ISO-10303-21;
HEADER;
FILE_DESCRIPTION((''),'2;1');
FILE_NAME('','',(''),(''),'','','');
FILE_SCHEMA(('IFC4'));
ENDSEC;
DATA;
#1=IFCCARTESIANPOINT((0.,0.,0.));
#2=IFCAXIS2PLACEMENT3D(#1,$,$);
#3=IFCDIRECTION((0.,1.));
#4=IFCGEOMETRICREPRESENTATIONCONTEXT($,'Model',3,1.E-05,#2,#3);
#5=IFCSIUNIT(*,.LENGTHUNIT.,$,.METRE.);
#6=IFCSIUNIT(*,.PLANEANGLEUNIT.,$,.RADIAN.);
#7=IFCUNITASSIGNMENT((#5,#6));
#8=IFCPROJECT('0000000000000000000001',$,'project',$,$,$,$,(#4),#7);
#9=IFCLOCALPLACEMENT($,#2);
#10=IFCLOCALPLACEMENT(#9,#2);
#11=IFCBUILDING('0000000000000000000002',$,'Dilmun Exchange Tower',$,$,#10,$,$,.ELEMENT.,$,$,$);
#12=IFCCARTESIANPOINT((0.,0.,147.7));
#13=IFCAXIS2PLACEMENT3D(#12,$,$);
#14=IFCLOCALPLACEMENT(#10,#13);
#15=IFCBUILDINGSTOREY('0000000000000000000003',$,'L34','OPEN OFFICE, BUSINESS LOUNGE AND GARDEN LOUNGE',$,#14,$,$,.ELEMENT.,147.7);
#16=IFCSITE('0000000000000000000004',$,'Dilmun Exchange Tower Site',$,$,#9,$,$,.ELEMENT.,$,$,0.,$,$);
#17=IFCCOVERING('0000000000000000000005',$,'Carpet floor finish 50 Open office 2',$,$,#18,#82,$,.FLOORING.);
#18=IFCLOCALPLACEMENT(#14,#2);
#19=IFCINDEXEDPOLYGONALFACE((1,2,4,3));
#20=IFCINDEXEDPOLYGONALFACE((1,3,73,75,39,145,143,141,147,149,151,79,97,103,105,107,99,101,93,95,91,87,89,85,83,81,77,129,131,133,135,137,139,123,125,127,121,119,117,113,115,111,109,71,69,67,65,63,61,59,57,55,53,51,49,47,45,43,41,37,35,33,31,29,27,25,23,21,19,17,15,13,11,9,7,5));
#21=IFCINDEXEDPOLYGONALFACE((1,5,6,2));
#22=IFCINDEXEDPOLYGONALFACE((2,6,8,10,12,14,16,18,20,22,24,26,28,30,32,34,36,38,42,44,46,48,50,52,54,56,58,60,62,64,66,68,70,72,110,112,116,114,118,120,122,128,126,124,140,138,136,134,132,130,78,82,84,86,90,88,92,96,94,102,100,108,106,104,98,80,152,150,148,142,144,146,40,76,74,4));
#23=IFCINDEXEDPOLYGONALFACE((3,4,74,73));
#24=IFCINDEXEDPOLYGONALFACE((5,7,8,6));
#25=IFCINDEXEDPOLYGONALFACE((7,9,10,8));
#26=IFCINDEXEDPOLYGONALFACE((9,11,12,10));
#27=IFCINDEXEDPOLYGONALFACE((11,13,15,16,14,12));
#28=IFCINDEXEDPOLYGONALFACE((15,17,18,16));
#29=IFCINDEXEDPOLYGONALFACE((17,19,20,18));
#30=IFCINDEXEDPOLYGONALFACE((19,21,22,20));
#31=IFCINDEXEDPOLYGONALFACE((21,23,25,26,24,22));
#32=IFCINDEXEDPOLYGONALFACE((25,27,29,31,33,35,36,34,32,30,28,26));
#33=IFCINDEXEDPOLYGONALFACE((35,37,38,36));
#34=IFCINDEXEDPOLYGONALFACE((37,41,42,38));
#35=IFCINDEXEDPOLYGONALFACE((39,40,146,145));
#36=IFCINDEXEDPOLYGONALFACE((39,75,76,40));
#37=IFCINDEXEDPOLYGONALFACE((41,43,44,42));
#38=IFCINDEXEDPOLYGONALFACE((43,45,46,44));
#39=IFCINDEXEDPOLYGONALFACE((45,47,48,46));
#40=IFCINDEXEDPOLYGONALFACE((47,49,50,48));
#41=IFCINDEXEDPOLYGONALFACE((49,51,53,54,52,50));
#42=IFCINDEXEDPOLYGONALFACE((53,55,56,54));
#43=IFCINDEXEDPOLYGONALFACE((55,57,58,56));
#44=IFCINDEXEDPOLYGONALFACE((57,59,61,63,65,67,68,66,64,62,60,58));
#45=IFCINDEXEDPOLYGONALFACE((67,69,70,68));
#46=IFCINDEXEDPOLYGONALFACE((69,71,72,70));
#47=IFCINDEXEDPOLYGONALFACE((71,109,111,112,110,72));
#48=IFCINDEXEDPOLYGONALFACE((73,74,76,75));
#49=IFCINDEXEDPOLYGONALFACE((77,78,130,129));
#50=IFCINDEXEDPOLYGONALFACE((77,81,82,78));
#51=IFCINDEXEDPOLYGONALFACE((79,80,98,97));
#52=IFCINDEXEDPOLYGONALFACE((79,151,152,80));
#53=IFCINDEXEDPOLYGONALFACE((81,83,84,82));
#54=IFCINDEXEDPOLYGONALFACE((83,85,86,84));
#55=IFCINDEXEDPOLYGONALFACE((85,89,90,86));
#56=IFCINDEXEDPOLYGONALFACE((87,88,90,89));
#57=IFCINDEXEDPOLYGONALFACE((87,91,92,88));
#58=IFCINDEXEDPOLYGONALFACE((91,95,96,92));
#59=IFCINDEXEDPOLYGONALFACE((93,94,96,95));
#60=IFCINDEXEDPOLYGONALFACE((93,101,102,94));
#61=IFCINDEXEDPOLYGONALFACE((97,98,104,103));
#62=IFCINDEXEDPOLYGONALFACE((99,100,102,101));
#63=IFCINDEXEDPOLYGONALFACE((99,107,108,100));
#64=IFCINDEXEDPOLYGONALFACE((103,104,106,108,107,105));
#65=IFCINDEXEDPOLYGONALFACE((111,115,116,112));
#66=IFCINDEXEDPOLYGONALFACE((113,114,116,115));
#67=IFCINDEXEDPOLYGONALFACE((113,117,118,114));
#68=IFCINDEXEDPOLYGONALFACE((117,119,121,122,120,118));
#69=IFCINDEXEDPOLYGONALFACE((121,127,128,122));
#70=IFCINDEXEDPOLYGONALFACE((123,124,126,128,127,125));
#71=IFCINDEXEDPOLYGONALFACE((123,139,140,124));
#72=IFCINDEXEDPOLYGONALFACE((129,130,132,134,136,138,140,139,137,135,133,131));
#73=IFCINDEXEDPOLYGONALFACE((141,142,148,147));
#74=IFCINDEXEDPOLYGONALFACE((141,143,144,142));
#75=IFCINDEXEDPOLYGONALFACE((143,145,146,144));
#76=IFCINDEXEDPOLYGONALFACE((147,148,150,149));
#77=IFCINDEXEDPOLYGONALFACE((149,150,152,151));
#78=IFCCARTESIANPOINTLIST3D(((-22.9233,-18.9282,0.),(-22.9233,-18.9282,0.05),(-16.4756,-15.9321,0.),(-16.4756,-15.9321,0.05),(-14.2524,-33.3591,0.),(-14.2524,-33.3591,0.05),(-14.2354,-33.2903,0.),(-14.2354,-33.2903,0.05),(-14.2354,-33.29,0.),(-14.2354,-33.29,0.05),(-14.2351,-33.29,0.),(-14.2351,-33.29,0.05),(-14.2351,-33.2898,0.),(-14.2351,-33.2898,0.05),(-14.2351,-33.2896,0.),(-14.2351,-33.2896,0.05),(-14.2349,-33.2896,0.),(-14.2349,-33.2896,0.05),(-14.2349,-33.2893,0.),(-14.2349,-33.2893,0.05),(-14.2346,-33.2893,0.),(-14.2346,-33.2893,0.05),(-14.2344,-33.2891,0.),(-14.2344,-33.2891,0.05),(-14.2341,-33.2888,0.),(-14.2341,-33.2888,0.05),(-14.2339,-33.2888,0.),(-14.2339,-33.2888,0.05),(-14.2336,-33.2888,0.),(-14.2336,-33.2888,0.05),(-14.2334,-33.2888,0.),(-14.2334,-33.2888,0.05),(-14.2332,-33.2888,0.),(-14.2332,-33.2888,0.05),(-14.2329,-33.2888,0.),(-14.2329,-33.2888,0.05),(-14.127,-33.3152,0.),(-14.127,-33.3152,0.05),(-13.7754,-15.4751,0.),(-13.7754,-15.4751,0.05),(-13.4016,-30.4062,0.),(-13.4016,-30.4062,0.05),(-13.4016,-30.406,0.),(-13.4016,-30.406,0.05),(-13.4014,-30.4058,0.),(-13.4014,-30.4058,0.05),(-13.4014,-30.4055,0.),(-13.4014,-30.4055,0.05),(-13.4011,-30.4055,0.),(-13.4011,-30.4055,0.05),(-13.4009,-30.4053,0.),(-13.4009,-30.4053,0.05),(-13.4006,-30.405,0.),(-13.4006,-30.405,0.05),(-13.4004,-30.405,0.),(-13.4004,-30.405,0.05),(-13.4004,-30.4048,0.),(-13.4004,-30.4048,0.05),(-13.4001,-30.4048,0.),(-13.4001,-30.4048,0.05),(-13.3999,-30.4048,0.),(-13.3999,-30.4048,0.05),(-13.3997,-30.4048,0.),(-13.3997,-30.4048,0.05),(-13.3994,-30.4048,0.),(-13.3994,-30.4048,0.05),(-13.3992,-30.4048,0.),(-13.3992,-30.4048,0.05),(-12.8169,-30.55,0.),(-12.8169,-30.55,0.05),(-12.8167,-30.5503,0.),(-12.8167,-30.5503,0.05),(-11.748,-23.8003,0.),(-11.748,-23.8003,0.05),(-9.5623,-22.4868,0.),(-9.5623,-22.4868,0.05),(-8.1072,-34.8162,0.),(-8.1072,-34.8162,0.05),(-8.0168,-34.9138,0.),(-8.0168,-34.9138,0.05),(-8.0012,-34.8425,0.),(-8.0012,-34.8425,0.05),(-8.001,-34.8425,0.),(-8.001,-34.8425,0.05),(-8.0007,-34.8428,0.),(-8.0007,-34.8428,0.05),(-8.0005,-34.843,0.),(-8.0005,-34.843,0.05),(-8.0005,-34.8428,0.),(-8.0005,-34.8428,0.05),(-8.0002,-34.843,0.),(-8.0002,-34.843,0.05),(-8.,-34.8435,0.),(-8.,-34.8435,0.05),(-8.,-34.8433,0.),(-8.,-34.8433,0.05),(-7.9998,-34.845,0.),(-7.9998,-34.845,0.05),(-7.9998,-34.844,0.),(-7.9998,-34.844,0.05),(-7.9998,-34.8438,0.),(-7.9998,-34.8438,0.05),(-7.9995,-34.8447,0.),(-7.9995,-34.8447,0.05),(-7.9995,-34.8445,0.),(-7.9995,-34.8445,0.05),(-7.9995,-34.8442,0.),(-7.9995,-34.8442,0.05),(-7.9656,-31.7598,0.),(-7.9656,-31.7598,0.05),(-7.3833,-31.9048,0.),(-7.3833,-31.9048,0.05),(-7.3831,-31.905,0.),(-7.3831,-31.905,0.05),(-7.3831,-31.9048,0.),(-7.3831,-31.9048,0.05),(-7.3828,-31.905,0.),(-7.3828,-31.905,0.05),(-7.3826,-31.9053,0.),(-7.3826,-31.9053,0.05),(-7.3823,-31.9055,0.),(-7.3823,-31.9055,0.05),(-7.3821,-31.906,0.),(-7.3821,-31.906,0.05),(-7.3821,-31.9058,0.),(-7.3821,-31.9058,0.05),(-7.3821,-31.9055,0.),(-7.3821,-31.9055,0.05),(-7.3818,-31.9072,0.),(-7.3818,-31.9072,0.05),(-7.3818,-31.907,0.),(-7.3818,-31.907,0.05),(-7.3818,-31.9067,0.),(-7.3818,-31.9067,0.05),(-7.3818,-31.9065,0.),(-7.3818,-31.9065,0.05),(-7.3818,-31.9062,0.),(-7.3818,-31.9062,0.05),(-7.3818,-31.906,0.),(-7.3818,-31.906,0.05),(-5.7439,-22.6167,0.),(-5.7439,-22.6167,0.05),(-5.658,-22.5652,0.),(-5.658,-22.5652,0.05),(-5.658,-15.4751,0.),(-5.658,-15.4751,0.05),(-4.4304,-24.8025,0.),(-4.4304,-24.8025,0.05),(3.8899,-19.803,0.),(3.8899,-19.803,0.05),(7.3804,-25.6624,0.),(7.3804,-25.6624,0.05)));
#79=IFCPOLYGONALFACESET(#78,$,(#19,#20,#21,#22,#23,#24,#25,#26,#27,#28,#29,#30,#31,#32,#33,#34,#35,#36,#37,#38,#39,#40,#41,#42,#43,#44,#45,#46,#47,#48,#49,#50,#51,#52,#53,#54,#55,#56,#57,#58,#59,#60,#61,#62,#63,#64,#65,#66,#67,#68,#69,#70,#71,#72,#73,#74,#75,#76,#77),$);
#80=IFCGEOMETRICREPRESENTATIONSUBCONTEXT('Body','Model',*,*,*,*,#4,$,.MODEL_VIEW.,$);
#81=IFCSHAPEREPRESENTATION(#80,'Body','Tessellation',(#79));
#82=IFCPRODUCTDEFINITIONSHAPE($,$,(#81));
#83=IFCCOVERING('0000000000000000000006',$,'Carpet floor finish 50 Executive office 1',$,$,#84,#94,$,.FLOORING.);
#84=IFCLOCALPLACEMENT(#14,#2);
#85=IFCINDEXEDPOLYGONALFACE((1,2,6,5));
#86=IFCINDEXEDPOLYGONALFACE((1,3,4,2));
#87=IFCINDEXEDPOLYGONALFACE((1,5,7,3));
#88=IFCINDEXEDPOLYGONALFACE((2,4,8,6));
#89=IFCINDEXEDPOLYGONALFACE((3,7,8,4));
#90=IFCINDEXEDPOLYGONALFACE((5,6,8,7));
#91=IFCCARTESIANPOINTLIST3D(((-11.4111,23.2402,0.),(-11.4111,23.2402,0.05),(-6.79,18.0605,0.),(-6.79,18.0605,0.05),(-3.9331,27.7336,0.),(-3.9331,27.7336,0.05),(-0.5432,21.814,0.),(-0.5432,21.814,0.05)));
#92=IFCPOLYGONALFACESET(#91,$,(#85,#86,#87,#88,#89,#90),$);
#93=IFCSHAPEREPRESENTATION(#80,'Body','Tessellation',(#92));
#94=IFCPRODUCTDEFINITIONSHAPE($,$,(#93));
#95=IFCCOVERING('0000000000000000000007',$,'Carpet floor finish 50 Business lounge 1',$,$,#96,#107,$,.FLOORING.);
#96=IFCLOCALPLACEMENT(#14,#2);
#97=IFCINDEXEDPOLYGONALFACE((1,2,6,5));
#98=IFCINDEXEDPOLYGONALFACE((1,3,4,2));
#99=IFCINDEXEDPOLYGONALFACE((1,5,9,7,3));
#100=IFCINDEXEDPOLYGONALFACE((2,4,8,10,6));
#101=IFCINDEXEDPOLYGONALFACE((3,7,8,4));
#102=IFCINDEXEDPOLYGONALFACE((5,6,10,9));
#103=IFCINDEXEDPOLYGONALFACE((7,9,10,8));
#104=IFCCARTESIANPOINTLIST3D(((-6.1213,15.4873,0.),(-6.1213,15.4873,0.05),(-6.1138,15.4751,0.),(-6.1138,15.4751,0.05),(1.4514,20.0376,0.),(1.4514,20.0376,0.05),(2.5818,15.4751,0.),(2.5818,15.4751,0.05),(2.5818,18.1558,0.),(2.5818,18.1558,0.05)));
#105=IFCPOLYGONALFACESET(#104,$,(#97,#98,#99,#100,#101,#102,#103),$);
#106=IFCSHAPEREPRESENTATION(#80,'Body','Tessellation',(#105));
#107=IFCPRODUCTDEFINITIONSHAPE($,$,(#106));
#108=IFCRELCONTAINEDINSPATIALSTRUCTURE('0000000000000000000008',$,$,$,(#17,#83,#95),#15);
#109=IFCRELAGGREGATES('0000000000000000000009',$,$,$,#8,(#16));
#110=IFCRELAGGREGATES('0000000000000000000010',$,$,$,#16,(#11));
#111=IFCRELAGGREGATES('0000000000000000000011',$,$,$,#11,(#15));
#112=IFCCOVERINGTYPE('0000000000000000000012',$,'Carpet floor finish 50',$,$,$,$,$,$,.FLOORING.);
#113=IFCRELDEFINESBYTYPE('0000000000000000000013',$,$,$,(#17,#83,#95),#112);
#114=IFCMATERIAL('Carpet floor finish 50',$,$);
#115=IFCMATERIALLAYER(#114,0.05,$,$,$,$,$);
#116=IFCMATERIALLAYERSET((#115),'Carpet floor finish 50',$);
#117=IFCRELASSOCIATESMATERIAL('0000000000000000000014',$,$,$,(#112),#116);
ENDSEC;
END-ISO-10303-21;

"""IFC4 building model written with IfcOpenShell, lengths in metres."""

from ifc_helpers import new_model, si_unit, direction, frame, origin, place, context, subcontext, project, spatial, polyline, outline, extrude, material, layer, layer_set, type_object, element, save


model = new_model("IFC4")

# Units and contexts
model_context = context("Model", 3, precision=1e-05, world=origin(), true_north=direction((0.0, 1.0)))
body_context = subcontext(model_context, "Body", "Model", "MODEL_VIEW")
ifc_project = project(units=[si_unit("LENGTHUNIT", "METRE"), si_unit("PLANEANGLEUNIT", "RADIAN")], contexts=[model_context])

# Site, building, storey
site_placement = place(None, origin())
site = spatial("IfcSite", under=ifc_project, at=site_placement, Name="Dilmun Exchange Tower Site", CompositionType="ELEMENT", RefElevation=0.0)
building_placement = place(site_placement, origin())
building = spatial("IfcBuilding", under=site, at=building_placement, Name="Dilmun Exchange Tower", CompositionType="ELEMENT")
storey_placement = place(building_placement, frame((0.0, 0.0, 147.7)))
storey = spatial("IfcBuildingStorey", under=building, at=storey_placement, Name="L34", Description="OPEN OFFICE, BUSINESS LOUNGE AND GARDEN LOUNGE", CompositionType="ELEMENT", Elevation=147.7)

# Coverings
ifc_material_1 = material(Name="Carpet floor finish 50")
ifc_layer_1 = layer(ifc_material_1, 0.05)
ifc_layer_set_1 = layer_set([ifc_layer_1], Name="Carpet floor finish 50")
covering_type_1 = type_object("IfcCoveringType", Name="Carpet floor finish 50", PredefinedType="FLOORING", material=ifc_layer_set_1)
covering_1_placement = place(storey_placement, origin())
element("IfcCovering", 1, at=covering_1_placement, inside=storey, type_object=covering_type_1, Name="Carpet floor finish 50 Open office 2", PredefinedType="FLOORING", context=body_context, shape_type="SweptSolid", body=[
    extrude(outline(polyline([(-4.4304, -24.8025), (3.8899, -19.803), (7.3804, -25.6624), (-8.0168, -34.9138), (-7.9998, -34.845), (-7.9995, -34.8447), (-7.9995, -34.8445), (-7.9995, -34.8445), (-7.9995, -34.8442), (-7.9998, -34.844), (-7.9998, -34.8438), (-7.9998, -34.8438), (-8.0, -34.8435), (-8.0, -34.8433), (-8.0, -34.8433), (-8.0002, -34.843), (-8.0005, -34.843), (-8.0005, -34.8428), (-8.0007, -34.8428), (-8.001, -34.8425), (-8.0012, -34.8425), (-8.1072, -34.8162), (-7.3818, -31.9072), (-7.3818, -31.907), (-7.3818, -31.907), (-7.3818, -31.9067), (-7.3818, -31.9065), (-7.3818, -31.9062), (-7.3818, -31.906), (-7.3821, -31.906), (-7.3821, -31.9058), (-7.3821, -31.9055), (-7.3823, -31.9055), (-7.3826, -31.9053), (-7.3826, -31.9053), (-7.3828, -31.905), (-7.3831, -31.905), (-7.3831, -31.9048), (-7.3833, -31.9048), (-7.9656, -31.7598), (-7.9656, -31.7598), (-12.8167, -30.5503), (-12.8169, -30.55), (-12.8169, -30.55), (-13.3992, -30.4048), (-13.3994, -30.4048), (-13.3997, -30.4048), (-13.3999, -30.4048), (-13.3999, -30.4048), (-13.4001, -30.4048), (-13.4004, -30.4048), (-13.4004, -30.405), (-13.4006, -30.405), (-13.4009, -30.4053), (-13.4009, -30.4053), (-13.4011, -30.4055), (-13.4014, -30.4055), (-13.4014, -30.4058), (-13.4016, -30.406), (-13.4016, -30.406), (-13.4016, -30.4062), (-14.127, -33.3152), (-14.2329, -33.2888), (-14.2332, -33.2888), (-14.2334, -33.2888), (-14.2334, -33.2888), (-14.2336, -33.2888), (-14.2339, -33.2888), (-14.2341, -33.2888), (-14.2344, -33.2891), (-14.2344, -33.2891), (-14.2346, -33.2893), (-14.2349, -33.2893), (-14.2349, -33.2896), (-14.2351, -33.2896), (-14.2351, -33.2898), (-14.2351, -33.29), (-14.2354, -33.29), (-14.2354, -33.2903), (-14.2524, -33.3591), (-22.9233, -18.9282), (-16.4756, -15.9321), (-11.748, -23.8003), (-9.5623, -22.4868), (-13.7754, -15.4751), (-5.658, -15.4751), (-5.658, -22.5652), (-5.7439, -22.6167), (-4.4304, -24.8025)])), origin(), (0.0, 0.0, 1.0), 0.05),
])
covering_2_placement = place(storey_placement, origin())
element("IfcCovering", 2, at=covering_2_placement, inside=storey, type_object=covering_type_1, Name="Carpet floor finish 50 Executive office 1", PredefinedType="FLOORING", context=body_context, shape_type="SweptSolid", body=[
    extrude(outline(polyline([(-0.5432, 21.814), (-6.79, 18.0605), (-11.4111, 23.2402), (-3.9331, 27.7336), (-0.5432, 21.814)])), origin(), (0.0, 0.0, 1.0), 0.05),
])
covering_3_placement = place(storey_placement, origin())
element("IfcCovering", 3, at=covering_3_placement, inside=storey, type_object=covering_type_1, Name="Carpet floor finish 50 Business lounge 1", PredefinedType="FLOORING", context=body_context, shape_type="SweptSolid", body=[
    extrude(outline(polyline([(2.5818, 18.1558), (2.5818, 15.4751), (-6.1138, 15.4751), (-6.1213, 15.4873), (1.4514, 20.0376), (2.5818, 18.1558)])), origin(), (0.0, 0.0, 1.0), 0.05),
])

save(model, "model.ifc")
